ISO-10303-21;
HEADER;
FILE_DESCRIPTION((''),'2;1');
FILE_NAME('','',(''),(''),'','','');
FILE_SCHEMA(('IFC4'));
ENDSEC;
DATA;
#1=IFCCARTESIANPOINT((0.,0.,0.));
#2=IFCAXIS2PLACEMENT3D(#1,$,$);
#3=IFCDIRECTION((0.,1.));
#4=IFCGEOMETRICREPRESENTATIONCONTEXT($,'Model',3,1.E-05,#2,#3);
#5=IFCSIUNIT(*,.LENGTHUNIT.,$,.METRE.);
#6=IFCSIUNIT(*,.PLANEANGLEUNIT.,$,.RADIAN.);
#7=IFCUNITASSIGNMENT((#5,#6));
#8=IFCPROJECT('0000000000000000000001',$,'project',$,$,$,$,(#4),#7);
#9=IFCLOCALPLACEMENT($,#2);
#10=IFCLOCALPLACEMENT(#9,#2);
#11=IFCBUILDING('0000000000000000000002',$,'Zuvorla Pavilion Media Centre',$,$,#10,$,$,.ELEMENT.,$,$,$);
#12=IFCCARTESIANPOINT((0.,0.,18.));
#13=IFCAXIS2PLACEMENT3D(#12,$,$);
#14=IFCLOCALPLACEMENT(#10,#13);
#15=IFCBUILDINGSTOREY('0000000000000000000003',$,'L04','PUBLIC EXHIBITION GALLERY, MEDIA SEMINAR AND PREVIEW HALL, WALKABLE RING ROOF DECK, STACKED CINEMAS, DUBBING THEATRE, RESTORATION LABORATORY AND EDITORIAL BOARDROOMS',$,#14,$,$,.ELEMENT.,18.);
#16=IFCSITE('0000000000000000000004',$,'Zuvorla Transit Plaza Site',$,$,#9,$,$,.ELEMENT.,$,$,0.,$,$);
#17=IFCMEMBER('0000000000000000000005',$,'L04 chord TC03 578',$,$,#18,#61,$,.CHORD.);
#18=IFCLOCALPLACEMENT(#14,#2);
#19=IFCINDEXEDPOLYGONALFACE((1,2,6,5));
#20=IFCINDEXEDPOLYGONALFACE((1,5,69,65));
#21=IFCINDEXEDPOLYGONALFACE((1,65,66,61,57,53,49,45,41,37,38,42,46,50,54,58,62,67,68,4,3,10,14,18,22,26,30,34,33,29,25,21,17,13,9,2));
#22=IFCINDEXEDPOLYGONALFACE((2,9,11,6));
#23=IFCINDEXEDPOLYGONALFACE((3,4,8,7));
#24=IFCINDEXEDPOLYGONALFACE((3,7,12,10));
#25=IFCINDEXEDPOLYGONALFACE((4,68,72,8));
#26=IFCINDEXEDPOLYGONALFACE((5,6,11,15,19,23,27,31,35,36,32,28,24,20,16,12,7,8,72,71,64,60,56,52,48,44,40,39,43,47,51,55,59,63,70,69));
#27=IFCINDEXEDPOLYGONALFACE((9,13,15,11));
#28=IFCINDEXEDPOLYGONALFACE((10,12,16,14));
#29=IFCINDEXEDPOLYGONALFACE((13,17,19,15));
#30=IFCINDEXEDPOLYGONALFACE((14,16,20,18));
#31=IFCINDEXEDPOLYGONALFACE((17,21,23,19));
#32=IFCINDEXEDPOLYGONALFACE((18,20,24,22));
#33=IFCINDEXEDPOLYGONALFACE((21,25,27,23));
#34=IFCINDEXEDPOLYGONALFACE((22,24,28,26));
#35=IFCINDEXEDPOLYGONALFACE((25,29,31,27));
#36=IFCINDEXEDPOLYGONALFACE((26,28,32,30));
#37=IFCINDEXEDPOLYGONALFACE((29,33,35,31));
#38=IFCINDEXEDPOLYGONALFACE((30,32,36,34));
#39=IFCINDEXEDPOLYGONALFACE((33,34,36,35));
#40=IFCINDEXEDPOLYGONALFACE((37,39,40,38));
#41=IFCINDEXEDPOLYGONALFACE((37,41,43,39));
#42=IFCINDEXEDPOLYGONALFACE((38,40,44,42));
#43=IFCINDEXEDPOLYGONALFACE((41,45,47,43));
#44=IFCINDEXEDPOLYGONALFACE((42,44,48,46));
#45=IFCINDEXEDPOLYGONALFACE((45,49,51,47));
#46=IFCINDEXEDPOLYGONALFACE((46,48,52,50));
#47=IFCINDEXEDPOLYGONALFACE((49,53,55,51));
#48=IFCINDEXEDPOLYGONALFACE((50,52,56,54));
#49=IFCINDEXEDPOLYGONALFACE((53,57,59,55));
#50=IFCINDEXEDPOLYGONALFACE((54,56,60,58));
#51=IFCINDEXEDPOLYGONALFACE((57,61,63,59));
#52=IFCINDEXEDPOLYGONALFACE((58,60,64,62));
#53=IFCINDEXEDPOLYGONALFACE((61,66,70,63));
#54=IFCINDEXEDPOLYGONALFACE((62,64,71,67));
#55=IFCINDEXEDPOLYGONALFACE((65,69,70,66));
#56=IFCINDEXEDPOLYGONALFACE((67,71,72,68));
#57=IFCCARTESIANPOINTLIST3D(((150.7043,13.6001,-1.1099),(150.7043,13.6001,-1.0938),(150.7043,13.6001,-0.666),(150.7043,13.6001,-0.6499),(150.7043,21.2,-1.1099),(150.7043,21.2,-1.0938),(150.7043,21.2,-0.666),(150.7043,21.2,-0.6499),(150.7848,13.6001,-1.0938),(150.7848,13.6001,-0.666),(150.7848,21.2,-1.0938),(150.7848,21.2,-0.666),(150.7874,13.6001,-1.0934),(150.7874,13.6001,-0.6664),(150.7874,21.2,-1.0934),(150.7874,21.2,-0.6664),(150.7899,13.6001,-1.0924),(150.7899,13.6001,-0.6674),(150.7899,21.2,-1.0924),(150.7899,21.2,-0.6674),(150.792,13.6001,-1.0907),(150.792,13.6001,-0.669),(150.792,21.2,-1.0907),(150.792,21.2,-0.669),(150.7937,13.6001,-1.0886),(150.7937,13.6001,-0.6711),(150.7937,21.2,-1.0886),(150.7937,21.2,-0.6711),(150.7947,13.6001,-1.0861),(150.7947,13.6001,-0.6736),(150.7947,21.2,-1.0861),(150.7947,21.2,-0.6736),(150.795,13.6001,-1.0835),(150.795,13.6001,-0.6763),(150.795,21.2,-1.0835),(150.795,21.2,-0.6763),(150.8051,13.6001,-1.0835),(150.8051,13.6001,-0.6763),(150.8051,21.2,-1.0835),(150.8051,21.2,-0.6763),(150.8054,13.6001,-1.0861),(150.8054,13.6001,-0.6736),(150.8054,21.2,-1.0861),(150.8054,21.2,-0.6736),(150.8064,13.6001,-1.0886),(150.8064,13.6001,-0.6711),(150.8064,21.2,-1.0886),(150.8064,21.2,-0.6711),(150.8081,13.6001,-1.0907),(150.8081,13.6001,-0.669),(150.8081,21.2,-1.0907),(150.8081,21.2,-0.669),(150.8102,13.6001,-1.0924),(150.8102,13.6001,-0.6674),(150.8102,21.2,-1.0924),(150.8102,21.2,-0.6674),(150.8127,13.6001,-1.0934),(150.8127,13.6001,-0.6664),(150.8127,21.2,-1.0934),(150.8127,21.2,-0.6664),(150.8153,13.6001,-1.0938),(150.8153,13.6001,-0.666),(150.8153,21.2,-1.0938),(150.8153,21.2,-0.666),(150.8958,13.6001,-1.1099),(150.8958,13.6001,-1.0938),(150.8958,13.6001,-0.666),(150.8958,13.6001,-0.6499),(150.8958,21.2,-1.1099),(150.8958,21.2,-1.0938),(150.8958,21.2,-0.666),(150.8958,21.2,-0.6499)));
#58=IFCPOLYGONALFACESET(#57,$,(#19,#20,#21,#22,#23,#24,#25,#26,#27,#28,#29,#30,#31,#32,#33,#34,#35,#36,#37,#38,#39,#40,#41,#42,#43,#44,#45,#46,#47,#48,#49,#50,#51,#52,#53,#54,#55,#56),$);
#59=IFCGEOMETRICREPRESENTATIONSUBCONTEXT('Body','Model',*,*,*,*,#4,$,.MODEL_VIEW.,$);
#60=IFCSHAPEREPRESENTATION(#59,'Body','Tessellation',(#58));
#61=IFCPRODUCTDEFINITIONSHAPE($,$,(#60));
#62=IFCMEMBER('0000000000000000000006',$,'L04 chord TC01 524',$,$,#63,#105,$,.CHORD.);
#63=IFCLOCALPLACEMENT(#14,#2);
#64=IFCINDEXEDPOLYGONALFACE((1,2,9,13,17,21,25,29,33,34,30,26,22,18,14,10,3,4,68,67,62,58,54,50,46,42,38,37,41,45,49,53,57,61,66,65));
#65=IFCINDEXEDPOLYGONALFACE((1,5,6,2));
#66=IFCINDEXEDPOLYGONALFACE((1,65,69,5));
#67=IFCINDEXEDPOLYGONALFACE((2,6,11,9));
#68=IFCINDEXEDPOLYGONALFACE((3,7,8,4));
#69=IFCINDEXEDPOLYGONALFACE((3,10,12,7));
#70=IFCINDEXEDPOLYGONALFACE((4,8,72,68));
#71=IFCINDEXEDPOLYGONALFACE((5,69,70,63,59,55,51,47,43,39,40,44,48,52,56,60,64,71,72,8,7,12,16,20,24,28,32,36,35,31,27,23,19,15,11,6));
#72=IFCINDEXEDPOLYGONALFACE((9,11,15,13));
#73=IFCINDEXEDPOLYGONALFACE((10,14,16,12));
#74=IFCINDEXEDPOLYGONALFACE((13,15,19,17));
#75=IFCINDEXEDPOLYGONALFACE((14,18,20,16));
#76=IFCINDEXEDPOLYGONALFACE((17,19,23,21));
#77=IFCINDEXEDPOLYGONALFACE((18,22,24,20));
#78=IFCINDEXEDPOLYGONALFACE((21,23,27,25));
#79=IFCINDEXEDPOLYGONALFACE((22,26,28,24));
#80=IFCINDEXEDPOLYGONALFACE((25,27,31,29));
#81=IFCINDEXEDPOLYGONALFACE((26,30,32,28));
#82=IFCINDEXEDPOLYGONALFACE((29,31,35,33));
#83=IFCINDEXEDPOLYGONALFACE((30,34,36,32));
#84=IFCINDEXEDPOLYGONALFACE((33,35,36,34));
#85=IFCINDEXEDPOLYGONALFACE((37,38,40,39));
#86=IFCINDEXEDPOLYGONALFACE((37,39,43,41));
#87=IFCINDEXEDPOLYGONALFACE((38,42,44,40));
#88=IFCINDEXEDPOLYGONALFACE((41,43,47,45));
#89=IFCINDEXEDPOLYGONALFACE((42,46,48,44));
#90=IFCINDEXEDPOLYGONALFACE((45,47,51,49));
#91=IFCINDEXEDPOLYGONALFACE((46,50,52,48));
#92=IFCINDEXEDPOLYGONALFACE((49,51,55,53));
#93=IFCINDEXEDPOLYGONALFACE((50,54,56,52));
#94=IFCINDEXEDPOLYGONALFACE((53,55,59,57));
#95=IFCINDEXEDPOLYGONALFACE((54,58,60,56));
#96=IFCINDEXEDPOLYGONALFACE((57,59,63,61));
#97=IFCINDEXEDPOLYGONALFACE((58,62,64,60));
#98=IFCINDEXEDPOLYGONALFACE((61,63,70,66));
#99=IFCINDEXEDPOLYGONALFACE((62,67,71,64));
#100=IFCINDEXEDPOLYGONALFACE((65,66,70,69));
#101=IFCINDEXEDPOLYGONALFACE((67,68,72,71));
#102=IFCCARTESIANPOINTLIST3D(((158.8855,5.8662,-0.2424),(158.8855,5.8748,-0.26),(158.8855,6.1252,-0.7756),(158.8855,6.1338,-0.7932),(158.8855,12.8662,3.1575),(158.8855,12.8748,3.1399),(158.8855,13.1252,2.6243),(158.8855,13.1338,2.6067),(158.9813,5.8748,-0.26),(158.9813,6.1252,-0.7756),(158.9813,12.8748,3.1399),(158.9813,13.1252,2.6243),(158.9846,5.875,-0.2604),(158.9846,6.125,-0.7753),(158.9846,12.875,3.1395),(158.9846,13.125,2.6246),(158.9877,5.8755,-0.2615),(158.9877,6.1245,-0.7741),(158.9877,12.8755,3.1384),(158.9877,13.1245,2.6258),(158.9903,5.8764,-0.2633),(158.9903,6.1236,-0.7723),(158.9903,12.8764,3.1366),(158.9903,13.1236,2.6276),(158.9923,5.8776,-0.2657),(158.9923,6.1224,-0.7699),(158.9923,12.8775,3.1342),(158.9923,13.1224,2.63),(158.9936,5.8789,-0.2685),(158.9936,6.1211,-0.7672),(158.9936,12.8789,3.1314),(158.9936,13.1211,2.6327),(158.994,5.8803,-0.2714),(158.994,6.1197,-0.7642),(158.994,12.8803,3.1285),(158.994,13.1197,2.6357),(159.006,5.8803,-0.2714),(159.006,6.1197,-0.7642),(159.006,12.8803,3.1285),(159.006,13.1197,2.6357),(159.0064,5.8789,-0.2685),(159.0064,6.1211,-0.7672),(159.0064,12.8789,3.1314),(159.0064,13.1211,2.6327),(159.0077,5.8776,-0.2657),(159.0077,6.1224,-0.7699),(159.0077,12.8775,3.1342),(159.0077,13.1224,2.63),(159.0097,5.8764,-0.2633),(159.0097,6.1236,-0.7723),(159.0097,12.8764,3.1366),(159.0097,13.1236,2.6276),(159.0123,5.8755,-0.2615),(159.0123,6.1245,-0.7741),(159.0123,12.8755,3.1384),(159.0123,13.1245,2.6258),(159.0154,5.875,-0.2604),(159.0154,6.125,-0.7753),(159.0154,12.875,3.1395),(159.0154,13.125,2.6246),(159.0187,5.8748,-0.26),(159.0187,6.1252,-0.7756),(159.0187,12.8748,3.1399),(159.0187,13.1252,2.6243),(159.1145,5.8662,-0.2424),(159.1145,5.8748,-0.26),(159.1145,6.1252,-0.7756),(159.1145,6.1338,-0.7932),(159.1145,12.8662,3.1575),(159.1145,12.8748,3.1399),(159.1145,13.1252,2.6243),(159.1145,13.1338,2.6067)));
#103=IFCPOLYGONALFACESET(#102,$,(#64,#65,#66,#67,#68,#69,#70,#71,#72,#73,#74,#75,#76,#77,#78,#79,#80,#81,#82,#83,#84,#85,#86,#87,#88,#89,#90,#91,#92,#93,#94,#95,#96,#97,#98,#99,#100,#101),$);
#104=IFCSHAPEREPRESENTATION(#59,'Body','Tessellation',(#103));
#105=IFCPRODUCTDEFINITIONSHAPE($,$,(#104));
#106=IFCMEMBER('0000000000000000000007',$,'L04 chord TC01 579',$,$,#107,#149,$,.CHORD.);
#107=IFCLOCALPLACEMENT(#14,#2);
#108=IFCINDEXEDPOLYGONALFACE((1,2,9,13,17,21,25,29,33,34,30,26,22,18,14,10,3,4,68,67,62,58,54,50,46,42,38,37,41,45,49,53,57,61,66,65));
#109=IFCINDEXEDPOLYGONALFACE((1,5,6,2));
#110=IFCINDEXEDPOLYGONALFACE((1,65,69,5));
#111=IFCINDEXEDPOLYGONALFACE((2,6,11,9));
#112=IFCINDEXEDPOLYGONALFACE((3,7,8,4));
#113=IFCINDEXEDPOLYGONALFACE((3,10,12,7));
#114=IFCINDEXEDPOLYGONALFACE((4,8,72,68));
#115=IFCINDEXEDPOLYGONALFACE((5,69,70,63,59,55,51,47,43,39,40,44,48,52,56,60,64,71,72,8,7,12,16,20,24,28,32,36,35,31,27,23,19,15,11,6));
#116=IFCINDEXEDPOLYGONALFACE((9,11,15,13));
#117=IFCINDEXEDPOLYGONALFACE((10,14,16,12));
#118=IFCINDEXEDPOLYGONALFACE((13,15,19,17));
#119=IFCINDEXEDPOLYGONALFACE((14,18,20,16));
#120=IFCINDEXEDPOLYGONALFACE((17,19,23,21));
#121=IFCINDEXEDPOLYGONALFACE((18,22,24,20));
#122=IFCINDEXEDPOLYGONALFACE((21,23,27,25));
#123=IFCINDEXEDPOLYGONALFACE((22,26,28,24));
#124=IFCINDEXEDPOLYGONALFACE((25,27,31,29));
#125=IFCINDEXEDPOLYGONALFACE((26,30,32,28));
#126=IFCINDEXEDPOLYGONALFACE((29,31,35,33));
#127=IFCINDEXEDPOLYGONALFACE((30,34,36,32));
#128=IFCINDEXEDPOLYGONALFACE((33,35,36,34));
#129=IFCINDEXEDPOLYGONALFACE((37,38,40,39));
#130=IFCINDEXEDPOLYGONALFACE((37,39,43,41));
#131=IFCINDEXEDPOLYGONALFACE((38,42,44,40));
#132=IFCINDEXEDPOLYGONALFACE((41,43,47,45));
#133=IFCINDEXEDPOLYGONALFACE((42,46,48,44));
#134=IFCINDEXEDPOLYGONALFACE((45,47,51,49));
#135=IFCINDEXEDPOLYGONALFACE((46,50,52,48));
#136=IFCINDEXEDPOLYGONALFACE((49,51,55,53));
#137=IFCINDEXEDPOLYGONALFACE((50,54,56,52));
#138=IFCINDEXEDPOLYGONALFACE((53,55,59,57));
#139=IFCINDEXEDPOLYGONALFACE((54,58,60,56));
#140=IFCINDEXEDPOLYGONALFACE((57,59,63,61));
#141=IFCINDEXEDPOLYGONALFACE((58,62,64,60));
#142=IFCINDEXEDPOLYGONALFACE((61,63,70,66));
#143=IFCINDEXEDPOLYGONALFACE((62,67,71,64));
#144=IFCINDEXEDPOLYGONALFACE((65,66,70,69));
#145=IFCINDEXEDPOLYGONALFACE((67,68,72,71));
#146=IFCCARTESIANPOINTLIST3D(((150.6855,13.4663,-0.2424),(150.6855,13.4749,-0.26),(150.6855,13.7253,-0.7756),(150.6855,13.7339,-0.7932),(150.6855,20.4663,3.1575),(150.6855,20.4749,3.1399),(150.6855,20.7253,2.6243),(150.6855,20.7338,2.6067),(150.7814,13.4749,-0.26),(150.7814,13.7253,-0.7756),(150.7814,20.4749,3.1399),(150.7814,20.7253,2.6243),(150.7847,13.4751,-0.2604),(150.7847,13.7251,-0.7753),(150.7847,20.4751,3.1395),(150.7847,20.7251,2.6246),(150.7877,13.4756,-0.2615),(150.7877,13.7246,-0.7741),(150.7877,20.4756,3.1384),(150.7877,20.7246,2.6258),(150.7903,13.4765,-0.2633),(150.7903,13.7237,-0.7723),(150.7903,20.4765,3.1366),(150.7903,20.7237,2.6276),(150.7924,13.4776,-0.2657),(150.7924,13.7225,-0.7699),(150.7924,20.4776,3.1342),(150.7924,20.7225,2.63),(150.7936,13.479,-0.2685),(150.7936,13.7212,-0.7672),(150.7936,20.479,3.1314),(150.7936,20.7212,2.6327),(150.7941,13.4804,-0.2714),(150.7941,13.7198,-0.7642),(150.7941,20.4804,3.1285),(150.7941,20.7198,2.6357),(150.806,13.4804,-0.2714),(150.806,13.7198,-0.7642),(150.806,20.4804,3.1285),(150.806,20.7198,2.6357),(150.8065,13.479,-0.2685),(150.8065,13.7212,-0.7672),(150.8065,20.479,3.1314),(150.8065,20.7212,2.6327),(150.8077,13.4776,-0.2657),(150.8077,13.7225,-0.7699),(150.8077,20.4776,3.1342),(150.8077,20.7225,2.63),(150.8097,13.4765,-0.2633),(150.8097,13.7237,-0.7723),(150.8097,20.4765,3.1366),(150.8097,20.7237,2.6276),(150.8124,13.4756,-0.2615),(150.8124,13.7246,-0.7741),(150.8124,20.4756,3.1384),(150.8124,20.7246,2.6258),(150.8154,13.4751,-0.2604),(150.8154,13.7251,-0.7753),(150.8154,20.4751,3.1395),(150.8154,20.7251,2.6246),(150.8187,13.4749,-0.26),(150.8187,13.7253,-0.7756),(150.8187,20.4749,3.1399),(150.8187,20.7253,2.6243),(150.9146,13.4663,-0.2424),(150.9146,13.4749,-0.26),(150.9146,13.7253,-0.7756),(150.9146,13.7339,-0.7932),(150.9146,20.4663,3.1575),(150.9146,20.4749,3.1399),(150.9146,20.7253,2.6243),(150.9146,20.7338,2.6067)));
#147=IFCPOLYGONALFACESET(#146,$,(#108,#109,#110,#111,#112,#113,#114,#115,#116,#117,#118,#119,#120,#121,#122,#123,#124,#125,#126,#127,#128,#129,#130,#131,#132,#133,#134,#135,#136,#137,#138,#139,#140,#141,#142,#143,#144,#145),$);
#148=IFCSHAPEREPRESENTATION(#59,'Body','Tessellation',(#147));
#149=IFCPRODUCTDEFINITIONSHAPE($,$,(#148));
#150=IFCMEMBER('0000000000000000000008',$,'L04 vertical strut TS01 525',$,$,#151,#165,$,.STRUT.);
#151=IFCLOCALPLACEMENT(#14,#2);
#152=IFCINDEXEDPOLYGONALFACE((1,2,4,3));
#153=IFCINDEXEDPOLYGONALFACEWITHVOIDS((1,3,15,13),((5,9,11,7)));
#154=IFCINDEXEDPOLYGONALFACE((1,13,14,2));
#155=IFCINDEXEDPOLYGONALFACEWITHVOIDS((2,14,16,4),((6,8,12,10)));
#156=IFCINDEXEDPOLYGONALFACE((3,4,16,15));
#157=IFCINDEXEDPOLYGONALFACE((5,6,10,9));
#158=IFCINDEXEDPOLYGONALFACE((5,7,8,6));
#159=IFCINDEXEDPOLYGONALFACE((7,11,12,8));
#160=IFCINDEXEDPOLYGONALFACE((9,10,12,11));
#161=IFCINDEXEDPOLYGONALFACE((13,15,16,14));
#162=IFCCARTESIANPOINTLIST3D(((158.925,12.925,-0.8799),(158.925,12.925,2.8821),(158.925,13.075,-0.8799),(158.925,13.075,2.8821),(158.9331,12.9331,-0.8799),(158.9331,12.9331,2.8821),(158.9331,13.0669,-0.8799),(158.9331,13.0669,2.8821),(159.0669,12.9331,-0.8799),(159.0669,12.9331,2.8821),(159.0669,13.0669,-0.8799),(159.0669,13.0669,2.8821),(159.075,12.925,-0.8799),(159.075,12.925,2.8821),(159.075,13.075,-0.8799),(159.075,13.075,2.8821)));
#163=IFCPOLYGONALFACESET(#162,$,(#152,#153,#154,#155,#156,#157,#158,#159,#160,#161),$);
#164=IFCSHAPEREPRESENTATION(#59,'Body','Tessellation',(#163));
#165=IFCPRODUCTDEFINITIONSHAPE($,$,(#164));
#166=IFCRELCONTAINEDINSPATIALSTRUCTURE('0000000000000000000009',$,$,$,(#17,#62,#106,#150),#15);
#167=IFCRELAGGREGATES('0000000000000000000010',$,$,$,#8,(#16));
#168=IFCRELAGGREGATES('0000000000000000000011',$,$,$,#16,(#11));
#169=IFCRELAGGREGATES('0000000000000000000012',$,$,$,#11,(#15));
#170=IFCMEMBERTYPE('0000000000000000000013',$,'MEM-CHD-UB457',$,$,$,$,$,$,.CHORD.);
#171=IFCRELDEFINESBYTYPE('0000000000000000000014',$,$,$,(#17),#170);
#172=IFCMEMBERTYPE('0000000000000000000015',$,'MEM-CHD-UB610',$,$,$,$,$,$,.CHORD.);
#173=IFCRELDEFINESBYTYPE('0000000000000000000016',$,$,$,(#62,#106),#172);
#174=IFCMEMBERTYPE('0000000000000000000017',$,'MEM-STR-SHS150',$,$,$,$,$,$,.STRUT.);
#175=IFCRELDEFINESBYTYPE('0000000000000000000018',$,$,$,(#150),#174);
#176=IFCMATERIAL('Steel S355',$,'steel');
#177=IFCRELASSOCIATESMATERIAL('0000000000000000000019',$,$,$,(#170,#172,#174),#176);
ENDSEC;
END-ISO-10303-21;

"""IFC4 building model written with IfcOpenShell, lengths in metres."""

from ifc_helpers import new_model, si_unit, direction, frame, origin, origin_2d, place, context, subcontext, project, spatial, hollow_rectangle, i_section, extrude, material, material_profile, profile_set, type_object, element, save


model = new_model("IFC4")

# Units and contexts
model_context = context("Model", 3, precision=1e-05, world=origin(), true_north=direction((0.0, 1.0)))
body_context = subcontext(model_context, "Body", "Model", "MODEL_VIEW")
ifc_project = project(units=[si_unit("LENGTHUNIT", "METRE"), si_unit("PLANEANGLEUNIT", "RADIAN")], contexts=[model_context])

# Site, building, storey
site_placement = place(None, origin())
site = spatial("IfcSite", under=ifc_project, at=site_placement, Name="Zuvorla Transit Plaza Site", CompositionType="ELEMENT", RefElevation=0.0)
building_placement = place(site_placement, origin())
building = spatial("IfcBuilding", under=site, at=building_placement, Name="Zuvorla Pavilion Media Centre", CompositionType="ELEMENT")
storey_placement = place(building_placement, frame((0.0, 0.0, 18.0)))
storey = spatial("IfcBuildingStorey", under=building, at=storey_placement, Name="L04", Description="PUBLIC EXHIBITION GALLERY, MEDIA SEMINAR AND PREVIEW HALL, WALKABLE RING ROOF DECK, STACKED CINEMAS, DUBBING THEATRE, RESTORATION LABORATORY AND EDITORIAL BOARDROOMS", CompositionType="ELEMENT", Elevation=18.0)

# Shared definitions
ifc_material_1 = material(Name="Steel S355", Category="steel")

# Members
ifc_material_profile_1 = material_profile(ifc_material_1, i_section(OverallWidth=0.1914, OverallDepth=0.46, WebThickness=0.01, FlangeThickness=0.0161, FilletRadius=0.0103, at=origin_2d()), Name="UB 457x191x82")
ifc_profile_set_1 = profile_set([ifc_material_profile_1], Name="Steel S355")
member_type_1 = type_object("IfcMemberType", Name="MEM-CHD-UB457", PredefinedType="CHORD", material=ifc_profile_set_1)
member_1_placement = place(storey_placement, frame((150.8, 13.6001, -0.8799), z_axis=(0.0, 1.0, 0.0), x_axis=(-1.0, 0.0, 0.0)))
element("IfcMember", 1, at=member_1_placement, inside=storey, type_object=member_type_1, Name="L04 chord TC03 578", PredefinedType="CHORD", context=body_context, shape_type="SweptSolid", body=[
    extrude(i_section(OverallWidth=0.1914, OverallDepth=0.46, WebThickness=0.01, FlangeThickness=0.0161, FilletRadius=0.0103, at=origin_2d()), origin(), (0.0, 0.0, 1.0), 7.5999),
])
ifc_material_profile_2 = material_profile(ifc_material_1, i_section(OverallWidth=0.229, OverallDepth=0.6123, WebThickness=0.012, FlangeThickness=0.0195, FilletRadius=0.0127, at=origin_2d()), Name="UB 610x229x125")
ifc_profile_set_2 = profile_set([ifc_material_profile_2], Name="Steel S355")
member_type_2 = type_object("IfcMemberType", Name="MEM-CHD-UB610", PredefinedType="CHORD", material=ifc_profile_set_2)
for number, where, z_axis, x_axis, name in (
    (2, (159.0, 6.0, -0.5178), (0.0, 0.899513, 0.436894), (-1.0, 0.0, 0.0), "L04 chord TC01 524"),
    (3, (150.8, 13.6001, -0.5178), (0.0, 0.899513, 0.436894), (-1.0, 0.0, 0.0), "L04 chord TC01 579"),
):
    element("IfcMember", number, at=place(storey_placement, frame(where, z_axis=z_axis, x_axis=x_axis)), inside=storey, type_object=member_type_2, Name=name, PredefinedType="CHORD", context=body_context, shape_type="SweptSolid", body=[
        extrude(i_section(OverallWidth=0.229, OverallDepth=0.6123, WebThickness=0.012, FlangeThickness=0.0195, FilletRadius=0.0127, at=origin_2d()), origin(), (0.0, 0.0, 1.0), 7.782),
    ])
ifc_material_profile_3 = material_profile(ifc_material_1, hollow_rectangle(XDim=0.1499, YDim=0.1499, WallThickness=0.0081, at=origin_2d()), Name="SHS 150x150x8")
ifc_profile_set_3 = profile_set([ifc_material_profile_3], Name="Steel S355")
member_type_3 = type_object("IfcMemberType", Name="MEM-STR-SHS150", PredefinedType="STRUT", material=ifc_profile_set_3)
member_2_placement = place(storey_placement, frame((159.0, 13.0, -0.8799), z_axis=(0.0, 0.0, 1.0), x_axis=(1.0, 0.0, 0.0)))
element("IfcMember", 4, at=member_2_placement, inside=storey, type_object=member_type_3, Name="L04 vertical strut TS01 525", PredefinedType="STRUT", context=body_context, shape_type="SweptSolid", body=[
    extrude(hollow_rectangle(XDim=0.1499, YDim=0.1499, WallThickness=0.0081, at=origin_2d()), origin(), (0.0, 0.0, 1.0), 3.762),
])

save(model, "model.ifc")
